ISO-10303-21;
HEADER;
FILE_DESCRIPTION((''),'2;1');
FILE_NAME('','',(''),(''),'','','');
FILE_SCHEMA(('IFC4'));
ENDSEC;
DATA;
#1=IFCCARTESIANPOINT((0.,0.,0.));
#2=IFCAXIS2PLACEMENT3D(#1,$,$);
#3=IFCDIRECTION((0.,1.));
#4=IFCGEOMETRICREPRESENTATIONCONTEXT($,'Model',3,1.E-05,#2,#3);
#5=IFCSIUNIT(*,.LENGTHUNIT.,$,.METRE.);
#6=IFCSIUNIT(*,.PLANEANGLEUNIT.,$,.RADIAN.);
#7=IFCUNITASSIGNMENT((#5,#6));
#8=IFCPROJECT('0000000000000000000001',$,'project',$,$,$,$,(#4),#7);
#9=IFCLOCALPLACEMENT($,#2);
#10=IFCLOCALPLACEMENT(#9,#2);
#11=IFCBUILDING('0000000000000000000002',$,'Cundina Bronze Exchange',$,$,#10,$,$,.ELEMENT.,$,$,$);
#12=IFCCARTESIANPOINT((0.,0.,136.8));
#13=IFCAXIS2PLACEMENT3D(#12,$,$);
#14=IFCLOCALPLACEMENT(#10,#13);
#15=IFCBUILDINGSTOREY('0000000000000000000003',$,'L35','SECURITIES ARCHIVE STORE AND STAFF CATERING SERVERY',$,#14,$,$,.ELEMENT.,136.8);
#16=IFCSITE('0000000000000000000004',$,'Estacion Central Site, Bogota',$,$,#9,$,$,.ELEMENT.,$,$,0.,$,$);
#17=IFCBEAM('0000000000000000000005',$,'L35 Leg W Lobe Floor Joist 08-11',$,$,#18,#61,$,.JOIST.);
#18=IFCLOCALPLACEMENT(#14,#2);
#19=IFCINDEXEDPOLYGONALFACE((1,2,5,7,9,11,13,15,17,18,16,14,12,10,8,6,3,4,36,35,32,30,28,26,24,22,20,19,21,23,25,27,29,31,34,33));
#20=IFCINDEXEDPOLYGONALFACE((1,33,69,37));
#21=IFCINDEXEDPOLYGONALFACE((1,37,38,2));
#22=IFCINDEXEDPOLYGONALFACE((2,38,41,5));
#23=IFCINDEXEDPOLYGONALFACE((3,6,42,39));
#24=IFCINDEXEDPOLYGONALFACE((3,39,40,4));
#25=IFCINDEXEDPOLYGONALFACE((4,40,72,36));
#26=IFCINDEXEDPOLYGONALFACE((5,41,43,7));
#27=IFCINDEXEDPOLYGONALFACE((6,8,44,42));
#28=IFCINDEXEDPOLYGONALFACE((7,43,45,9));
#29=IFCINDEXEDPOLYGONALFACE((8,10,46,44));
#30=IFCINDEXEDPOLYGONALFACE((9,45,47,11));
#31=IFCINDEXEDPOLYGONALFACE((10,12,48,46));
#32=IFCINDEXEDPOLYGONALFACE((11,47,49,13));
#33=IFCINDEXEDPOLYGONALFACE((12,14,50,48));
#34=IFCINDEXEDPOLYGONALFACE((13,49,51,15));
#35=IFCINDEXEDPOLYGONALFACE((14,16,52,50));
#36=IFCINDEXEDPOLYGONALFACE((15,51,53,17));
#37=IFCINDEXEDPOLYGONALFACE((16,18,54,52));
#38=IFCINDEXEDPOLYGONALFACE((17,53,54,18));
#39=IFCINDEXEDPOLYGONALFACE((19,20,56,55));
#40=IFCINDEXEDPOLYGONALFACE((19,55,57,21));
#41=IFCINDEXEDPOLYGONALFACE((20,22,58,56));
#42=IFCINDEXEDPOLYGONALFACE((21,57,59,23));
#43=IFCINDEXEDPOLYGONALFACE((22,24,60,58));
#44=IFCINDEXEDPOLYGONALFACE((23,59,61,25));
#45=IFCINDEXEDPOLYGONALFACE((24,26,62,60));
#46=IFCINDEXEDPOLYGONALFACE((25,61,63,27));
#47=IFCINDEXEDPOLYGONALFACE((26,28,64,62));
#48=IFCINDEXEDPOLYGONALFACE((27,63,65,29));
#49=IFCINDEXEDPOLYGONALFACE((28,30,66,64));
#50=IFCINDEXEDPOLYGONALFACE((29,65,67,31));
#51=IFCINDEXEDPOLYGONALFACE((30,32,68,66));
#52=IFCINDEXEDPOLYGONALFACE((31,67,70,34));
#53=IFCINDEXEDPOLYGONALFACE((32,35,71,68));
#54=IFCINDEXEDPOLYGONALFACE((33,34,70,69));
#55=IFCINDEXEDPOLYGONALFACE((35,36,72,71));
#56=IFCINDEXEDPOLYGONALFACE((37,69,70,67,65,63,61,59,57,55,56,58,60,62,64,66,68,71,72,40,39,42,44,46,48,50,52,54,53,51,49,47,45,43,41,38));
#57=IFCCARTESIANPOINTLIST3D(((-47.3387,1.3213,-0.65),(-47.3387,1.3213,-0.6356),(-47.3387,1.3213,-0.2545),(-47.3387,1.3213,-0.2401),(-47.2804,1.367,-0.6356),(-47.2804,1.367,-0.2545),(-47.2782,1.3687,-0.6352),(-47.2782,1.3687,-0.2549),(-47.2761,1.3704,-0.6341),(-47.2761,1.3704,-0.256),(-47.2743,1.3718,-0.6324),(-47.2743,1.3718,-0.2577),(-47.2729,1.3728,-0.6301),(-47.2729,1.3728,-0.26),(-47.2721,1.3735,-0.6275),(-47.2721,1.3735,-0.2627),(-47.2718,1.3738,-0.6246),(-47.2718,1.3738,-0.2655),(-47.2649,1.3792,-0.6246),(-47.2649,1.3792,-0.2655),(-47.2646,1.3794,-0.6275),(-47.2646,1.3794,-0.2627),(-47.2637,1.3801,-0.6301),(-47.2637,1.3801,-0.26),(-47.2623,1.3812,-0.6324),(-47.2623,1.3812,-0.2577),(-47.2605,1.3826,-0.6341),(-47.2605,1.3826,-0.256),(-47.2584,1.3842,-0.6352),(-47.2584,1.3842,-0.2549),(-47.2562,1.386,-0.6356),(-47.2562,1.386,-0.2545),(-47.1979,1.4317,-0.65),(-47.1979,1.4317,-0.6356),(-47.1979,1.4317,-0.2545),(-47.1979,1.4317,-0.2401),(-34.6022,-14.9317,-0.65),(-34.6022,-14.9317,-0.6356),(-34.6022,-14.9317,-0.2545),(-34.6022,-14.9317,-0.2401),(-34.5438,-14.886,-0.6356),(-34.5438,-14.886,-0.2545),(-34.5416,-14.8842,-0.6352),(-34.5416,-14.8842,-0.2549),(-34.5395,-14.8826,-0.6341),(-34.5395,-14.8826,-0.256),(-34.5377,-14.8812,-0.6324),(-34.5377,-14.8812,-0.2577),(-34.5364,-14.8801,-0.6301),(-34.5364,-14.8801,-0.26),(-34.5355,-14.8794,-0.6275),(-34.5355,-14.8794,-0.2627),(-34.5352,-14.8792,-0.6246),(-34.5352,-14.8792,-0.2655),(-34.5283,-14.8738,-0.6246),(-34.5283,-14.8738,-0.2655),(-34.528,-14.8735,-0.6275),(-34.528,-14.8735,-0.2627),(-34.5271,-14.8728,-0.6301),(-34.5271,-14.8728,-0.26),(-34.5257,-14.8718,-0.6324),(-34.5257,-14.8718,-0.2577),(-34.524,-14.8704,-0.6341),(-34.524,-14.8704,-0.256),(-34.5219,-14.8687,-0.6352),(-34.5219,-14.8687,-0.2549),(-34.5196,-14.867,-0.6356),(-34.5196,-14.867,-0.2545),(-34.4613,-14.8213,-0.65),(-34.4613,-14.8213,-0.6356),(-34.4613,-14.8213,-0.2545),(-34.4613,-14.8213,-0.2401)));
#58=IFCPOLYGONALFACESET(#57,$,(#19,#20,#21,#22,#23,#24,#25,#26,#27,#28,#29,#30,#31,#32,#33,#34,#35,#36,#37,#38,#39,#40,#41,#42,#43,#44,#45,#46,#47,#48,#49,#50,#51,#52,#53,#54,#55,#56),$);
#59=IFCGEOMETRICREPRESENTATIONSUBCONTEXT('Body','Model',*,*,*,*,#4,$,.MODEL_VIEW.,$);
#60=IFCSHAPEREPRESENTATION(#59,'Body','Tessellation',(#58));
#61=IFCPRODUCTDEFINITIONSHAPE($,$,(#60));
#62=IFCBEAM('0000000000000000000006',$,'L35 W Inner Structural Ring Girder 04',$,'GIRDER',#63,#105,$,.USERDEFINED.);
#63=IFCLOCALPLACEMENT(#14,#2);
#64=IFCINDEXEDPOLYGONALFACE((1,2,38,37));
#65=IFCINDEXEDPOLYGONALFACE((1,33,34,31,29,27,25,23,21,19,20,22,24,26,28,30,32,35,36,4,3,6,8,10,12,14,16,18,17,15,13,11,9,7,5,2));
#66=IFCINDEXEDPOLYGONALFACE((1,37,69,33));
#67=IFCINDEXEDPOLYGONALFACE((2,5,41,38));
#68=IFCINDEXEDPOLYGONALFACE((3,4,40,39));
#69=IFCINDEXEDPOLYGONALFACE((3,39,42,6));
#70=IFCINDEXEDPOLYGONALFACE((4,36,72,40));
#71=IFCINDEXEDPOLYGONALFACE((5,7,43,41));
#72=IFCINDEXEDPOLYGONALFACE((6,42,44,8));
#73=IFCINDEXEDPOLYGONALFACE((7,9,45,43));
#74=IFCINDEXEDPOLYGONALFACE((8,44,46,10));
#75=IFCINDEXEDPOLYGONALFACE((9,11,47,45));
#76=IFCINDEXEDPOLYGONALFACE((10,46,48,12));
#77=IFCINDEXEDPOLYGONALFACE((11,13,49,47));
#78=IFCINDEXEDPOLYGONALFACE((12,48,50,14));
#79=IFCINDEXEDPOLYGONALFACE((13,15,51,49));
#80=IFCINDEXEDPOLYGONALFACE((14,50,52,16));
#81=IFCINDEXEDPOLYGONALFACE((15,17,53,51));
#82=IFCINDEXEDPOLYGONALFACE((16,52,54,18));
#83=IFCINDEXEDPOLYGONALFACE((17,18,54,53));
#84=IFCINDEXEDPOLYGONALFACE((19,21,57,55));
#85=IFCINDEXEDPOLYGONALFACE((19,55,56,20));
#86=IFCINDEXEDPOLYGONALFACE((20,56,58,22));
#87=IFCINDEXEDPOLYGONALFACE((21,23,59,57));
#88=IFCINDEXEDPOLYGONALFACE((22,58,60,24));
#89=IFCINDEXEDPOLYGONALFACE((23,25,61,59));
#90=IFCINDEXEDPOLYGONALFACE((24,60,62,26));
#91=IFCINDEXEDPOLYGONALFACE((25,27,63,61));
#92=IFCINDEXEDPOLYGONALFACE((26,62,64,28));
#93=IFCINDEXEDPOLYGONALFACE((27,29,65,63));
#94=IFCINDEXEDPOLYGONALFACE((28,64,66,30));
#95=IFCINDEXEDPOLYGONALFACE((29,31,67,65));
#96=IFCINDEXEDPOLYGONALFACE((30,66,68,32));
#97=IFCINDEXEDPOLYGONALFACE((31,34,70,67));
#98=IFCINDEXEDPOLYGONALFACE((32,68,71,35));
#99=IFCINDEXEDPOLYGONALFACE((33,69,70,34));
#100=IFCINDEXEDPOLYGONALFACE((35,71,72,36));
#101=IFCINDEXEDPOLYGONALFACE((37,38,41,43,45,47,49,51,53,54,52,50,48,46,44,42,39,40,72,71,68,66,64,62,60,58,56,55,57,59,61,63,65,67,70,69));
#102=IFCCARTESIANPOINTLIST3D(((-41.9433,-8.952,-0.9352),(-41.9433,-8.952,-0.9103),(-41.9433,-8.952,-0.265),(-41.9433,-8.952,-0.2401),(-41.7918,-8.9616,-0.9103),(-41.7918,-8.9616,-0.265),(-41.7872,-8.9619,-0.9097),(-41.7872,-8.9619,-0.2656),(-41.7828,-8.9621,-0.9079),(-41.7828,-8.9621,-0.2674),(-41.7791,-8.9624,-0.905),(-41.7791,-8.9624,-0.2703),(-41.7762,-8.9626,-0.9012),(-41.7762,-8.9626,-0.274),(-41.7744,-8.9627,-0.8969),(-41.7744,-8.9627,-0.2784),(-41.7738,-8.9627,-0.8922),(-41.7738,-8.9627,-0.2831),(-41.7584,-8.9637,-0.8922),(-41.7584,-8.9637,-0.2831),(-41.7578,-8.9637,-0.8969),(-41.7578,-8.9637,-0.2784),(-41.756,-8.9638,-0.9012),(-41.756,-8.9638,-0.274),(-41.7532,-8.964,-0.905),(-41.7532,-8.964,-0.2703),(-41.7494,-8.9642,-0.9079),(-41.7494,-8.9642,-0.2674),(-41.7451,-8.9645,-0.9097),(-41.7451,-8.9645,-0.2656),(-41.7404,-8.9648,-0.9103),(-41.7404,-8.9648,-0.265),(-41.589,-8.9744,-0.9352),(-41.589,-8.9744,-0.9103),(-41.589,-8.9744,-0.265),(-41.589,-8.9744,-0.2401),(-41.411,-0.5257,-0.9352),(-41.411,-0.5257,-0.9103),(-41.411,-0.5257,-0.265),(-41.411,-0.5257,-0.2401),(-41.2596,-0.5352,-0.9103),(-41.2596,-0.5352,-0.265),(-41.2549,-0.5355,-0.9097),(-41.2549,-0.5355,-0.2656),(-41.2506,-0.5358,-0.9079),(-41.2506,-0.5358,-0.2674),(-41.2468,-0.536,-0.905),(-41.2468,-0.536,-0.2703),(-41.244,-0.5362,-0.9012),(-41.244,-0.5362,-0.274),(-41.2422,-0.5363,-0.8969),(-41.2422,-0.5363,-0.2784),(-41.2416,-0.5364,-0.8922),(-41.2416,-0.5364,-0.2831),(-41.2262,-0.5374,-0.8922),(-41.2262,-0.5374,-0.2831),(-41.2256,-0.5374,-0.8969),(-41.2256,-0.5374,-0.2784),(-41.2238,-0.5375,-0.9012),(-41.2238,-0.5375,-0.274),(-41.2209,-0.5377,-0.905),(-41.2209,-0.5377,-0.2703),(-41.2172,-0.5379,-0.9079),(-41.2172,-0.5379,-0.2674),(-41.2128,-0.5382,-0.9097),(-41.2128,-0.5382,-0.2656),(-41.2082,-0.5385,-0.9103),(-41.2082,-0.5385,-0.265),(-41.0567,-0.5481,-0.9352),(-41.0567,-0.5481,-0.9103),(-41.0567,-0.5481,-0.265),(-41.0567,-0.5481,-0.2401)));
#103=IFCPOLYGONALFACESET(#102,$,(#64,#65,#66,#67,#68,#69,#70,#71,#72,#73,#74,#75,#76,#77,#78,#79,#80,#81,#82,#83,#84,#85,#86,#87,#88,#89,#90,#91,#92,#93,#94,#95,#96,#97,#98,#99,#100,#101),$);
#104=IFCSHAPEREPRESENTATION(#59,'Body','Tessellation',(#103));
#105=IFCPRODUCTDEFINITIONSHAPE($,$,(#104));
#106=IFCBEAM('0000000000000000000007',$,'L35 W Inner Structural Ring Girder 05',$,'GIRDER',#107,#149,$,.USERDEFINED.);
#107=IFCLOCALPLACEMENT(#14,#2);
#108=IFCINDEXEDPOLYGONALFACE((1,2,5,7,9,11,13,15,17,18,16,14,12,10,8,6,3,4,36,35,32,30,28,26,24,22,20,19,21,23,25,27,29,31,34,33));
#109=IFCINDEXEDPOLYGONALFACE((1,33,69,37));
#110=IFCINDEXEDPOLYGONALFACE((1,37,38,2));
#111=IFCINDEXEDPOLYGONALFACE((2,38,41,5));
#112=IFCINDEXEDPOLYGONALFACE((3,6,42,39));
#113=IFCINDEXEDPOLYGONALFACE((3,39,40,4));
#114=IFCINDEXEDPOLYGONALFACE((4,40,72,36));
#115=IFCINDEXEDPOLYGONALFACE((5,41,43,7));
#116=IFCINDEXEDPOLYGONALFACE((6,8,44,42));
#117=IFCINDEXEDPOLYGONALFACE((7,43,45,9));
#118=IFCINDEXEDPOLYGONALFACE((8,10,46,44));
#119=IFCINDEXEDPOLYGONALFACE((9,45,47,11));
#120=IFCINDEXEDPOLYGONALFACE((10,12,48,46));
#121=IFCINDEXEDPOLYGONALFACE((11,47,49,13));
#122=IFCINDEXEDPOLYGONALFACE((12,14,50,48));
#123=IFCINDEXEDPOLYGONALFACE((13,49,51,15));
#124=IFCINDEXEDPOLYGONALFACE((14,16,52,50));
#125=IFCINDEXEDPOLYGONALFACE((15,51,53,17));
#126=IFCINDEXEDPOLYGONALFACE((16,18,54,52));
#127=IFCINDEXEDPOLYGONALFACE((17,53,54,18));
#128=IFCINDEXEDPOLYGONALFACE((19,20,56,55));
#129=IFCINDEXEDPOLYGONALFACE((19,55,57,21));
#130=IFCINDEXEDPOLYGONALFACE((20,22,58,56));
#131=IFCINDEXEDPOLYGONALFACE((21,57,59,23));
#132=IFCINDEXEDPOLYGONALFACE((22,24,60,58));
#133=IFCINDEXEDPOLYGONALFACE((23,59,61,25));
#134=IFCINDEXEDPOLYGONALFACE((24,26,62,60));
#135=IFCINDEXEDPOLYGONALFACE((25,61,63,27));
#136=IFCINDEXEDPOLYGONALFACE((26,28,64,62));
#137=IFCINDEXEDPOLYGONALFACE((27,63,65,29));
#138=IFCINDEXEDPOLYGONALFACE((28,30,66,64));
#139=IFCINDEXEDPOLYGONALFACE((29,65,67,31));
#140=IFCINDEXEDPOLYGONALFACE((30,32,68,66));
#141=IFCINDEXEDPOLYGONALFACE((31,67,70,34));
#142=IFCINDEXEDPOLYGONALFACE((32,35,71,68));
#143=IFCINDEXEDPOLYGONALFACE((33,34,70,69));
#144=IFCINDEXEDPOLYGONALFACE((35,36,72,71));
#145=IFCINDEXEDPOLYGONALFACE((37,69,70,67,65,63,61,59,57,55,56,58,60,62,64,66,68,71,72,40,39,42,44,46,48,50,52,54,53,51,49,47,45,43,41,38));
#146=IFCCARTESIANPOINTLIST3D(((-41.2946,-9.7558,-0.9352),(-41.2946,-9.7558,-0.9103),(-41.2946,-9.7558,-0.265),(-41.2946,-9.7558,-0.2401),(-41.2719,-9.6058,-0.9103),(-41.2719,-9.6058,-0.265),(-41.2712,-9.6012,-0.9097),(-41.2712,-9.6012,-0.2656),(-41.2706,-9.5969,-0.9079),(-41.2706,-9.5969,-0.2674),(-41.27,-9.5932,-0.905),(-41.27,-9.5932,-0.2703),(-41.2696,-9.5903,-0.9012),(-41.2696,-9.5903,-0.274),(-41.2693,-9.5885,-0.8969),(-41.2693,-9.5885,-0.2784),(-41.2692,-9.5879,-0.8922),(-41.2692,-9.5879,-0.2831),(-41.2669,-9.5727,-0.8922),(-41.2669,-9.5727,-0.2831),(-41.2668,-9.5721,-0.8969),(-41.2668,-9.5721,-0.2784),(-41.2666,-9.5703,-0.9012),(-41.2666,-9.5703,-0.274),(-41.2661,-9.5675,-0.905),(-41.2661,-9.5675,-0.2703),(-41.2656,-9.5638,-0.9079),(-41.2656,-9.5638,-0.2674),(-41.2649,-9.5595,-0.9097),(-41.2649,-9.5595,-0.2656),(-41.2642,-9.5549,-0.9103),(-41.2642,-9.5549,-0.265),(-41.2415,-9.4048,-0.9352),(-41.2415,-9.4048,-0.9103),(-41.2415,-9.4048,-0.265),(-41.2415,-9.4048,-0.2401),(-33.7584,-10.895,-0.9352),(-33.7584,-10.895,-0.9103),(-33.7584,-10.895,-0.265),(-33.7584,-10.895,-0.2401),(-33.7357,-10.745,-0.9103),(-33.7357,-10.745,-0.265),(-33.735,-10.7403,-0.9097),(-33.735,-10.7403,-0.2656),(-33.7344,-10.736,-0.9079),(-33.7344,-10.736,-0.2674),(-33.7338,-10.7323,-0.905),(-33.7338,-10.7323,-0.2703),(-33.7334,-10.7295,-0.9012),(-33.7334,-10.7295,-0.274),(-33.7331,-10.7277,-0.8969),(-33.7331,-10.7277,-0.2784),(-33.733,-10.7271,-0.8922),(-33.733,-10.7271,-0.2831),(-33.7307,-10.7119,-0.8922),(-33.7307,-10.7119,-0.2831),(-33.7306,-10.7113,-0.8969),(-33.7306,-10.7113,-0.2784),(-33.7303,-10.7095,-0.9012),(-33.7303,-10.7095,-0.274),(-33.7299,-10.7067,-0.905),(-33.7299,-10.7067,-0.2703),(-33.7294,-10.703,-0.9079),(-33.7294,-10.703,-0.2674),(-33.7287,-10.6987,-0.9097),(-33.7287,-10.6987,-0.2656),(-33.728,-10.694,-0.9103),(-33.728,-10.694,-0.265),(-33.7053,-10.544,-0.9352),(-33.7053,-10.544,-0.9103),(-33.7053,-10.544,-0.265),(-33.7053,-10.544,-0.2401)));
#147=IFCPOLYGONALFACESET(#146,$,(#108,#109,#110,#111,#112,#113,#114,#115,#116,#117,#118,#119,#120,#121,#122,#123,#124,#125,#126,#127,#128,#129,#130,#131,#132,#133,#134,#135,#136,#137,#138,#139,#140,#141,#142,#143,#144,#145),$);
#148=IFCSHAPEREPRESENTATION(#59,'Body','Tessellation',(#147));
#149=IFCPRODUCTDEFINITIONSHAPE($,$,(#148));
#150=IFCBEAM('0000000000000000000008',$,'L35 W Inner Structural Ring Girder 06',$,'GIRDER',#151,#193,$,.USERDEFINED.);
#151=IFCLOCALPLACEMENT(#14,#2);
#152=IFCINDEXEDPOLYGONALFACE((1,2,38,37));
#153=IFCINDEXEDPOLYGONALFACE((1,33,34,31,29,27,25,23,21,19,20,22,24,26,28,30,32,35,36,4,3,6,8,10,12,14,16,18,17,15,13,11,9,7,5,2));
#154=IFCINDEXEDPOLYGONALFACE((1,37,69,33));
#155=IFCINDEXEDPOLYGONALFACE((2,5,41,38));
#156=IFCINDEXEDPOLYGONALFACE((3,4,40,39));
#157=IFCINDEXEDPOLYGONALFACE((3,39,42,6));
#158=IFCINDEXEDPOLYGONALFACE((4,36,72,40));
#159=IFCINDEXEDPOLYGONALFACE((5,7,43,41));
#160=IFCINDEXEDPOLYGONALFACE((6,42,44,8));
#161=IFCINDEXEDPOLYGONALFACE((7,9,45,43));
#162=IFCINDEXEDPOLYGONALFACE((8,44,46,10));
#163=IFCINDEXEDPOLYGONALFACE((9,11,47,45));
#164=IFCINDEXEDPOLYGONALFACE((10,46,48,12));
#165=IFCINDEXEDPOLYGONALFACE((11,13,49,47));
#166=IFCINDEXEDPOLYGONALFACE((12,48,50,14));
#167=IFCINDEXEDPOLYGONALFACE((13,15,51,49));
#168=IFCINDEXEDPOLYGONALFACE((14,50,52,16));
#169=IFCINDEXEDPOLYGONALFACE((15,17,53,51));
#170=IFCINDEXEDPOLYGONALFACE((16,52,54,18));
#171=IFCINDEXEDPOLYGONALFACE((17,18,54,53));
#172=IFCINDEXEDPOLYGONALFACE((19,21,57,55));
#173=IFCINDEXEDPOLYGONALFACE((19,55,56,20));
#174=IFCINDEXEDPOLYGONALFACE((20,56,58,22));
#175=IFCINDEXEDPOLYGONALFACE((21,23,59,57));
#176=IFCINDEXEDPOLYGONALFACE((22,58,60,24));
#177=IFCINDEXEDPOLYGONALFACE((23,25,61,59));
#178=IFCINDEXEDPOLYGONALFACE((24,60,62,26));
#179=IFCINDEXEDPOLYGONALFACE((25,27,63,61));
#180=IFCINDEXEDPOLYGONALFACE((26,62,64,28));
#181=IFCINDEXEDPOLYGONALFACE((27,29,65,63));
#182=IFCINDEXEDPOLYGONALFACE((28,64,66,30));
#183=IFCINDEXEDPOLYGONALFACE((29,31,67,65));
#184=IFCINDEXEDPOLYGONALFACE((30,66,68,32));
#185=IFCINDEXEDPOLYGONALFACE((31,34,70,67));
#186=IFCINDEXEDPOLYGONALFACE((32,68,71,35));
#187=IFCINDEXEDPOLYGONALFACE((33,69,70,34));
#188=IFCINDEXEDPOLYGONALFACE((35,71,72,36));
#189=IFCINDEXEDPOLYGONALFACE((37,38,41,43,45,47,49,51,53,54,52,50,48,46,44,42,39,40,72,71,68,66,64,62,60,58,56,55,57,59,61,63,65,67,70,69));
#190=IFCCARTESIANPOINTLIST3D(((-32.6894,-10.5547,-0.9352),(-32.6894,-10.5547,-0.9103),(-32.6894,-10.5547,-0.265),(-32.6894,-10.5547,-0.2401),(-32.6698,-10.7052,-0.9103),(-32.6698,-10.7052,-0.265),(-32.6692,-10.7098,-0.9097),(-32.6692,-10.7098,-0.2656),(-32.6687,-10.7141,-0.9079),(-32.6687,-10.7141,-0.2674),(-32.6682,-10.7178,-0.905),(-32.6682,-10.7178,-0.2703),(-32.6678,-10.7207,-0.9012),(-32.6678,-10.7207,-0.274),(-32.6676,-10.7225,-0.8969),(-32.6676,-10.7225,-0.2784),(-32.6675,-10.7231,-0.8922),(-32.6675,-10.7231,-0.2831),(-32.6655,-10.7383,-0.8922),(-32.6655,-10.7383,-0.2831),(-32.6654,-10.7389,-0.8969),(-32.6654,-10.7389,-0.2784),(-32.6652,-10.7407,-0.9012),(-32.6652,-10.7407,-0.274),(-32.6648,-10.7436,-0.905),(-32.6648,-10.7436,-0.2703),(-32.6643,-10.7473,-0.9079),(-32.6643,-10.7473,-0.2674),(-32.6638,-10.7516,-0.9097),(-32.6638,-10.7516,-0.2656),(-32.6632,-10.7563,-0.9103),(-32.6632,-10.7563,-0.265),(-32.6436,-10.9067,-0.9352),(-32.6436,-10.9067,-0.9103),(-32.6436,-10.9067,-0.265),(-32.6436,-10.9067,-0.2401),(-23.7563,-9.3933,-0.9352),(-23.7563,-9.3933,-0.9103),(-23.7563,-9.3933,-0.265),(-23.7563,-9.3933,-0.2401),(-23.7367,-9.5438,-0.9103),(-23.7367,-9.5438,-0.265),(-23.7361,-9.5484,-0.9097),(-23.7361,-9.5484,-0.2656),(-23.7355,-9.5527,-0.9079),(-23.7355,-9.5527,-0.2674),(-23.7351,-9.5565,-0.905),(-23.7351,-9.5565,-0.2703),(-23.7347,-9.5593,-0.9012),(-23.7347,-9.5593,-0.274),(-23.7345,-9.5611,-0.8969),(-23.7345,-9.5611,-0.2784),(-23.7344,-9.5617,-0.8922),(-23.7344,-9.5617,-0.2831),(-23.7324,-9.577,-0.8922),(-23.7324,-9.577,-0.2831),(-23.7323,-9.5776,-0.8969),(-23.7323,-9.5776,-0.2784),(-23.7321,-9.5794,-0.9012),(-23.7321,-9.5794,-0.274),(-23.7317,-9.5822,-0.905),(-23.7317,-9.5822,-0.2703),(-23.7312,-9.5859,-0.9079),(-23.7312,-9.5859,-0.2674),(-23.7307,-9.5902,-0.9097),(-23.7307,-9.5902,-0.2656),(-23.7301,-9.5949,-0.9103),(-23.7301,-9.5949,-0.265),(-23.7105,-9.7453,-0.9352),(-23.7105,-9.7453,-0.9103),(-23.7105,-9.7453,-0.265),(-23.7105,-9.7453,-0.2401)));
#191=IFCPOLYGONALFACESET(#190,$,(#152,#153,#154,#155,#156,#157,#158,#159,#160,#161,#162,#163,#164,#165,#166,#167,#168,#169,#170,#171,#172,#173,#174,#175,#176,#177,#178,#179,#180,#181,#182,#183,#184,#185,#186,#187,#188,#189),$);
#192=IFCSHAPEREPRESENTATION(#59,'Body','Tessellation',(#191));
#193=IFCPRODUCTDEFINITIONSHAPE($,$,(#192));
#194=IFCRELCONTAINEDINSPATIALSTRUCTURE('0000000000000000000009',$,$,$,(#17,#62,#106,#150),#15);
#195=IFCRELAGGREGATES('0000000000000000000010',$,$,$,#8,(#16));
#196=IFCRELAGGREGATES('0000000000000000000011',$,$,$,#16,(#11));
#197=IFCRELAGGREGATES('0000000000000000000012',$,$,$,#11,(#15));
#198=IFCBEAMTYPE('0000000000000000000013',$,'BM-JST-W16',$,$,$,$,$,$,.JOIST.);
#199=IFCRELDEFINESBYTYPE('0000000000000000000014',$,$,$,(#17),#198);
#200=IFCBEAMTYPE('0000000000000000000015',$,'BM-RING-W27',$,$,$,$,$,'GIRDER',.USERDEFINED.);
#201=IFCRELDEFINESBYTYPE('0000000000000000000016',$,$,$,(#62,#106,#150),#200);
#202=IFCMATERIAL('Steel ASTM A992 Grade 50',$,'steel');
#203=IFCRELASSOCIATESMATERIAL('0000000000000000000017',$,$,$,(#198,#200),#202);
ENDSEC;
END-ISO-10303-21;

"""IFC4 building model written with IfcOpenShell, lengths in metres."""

from ifc_helpers import new_model, si_unit, direction, frame, origin, origin_2d, place, context, subcontext, project, spatial, i_section, extrude, material, material_profile, profile_set, type_object, element, save


model = new_model("IFC4")

# Units and contexts
model_context = context("Model", 3, precision=1e-05, world=origin(), true_north=direction((0.0, 1.0)))
body_context = subcontext(model_context, "Body", "Model", "MODEL_VIEW")
ifc_project = project(units=[si_unit("LENGTHUNIT", "METRE"), si_unit("PLANEANGLEUNIT", "RADIAN")], contexts=[model_context])

# Site, building, storey
site_placement = place(None, origin())
site = spatial("IfcSite", under=ifc_project, at=site_placement, Name="Estacion Central Site, Bogota", CompositionType="ELEMENT", RefElevation=0.0)
building_placement = place(site_placement, origin())
building = spatial("IfcBuilding", under=site, at=building_placement, Name="Cundina Bronze Exchange", CompositionType="ELEMENT")
storey_placement = place(building_placement, frame((0.0, 0.0, 136.8)))
storey = spatial("IfcBuildingStorey", under=building, at=storey_placement, Name="L35", Description="SECURITIES ARCHIVE STORE AND STAFF CATERING SERVERY", CompositionType="ELEMENT", Elevation=136.8)

# Beams
ifc_material_1 = material(Name="Steel ASTM A992 Grade 50", Category="steel")
ifc_material_profile_1 = material_profile(ifc_material_1, i_section(OverallWidth=0.179, OverallDepth=0.4099, WebThickness=0.0088, FlangeThickness=0.0144, FilletRadius=0.011, at=origin_2d()), Name="W16X45", Category="steel")
ifc_profile_set_1 = profile_set([ifc_material_profile_1], Name="Steel ASTM A992 Grade 50")
beam_type_1 = type_object("IfcBeamType", Name="BM-JST-W16", PredefinedType="JOIST", material=ifc_profile_set_1)
beam_1_placement = place(storey_placement, frame((-47.2683, 1.3765, -0.4451), z_axis=(0.616815, -0.787108, 0.0), x_axis=(0.787108, 0.616815, 0.0)))
element("IfcBeam", 1, at=beam_1_placement, inside=storey, type_object=beam_type_1, Name="L35 Leg W Lobe Floor Joist 08-11", PredefinedType="JOIST", context=body_context, shape_type="SweptSolid", body=[
    extrude(i_section(OverallWidth=0.179, OverallDepth=0.4099, WebThickness=0.0088, FlangeThickness=0.0144, FilletRadius=0.011, at=origin_2d()), origin(), (0.0, 0.0, 1.0), 20.6489),
])
ifc_material_profile_2 = material_profile(ifc_material_1, i_section(OverallWidth=0.355, OverallDepth=0.6951, WebThickness=0.0154, FlangeThickness=0.0249, FilletRadius=0.0181, at=origin_2d()), Name="W27X146", Category="steel")
ifc_profile_set_2 = profile_set([ifc_material_profile_2], Name="Steel ASTM A992 Grade 50")
beam_type_2 = type_object("IfcBeamType", Name="BM-RING-W27", ElementType="GIRDER", PredefinedType="USERDEFINED", material=ifc_profile_set_2)
beam_2_placement = place(storey_placement, frame((-41.2339, -0.5369, -0.5876), z_axis=(-0.063037, -0.998011, 0.0), x_axis=(0.998011, -0.063037, 0.0)))
element("IfcBeam", 2, at=beam_2_placement, inside=storey, type_object=beam_type_2, Name="L35 W Inner Structural Ring Girder 04", ObjectType="GIRDER", PredefinedType="USERDEFINED", context=body_context, shape_type="SweptSolid", body=[
    extrude(i_section(OverallWidth=0.355, OverallDepth=0.6951, WebThickness=0.0154, FlangeThickness=0.0249, FilletRadius=0.0181, at=origin_2d()), origin(), (0.0, 0.0, 1.0), 8.4431),
])
beam_3_placement = place(storey_placement, frame((-41.2681, -9.5803, -0.5876), z_axis=(0.988767, -0.149462, 0.0), x_axis=(0.149462, 0.988767, 0.0)))
element("IfcBeam", 3, at=beam_3_placement, inside=storey, type_object=beam_type_2, Name="L35 W Inner Structural Ring Girder 05", ObjectType="GIRDER", PredefinedType="USERDEFINED", context=body_context, shape_type="SweptSolid", body=[
    extrude(i_section(OverallWidth=0.355, OverallDepth=0.6951, WebThickness=0.0154, FlangeThickness=0.0249, FilletRadius=0.0181, at=origin_2d()), origin(), (0.0, 0.0, 1.0), 7.6218),
])
beam_4_placement = place(storey_placement, frame((-32.6665, -10.7307, -0.5876), z_axis=(0.991655, 0.128923, 0.0), x_axis=(-0.128923, 0.991655, 0.0)))
element("IfcBeam", 4, at=beam_4_placement, inside=storey, type_object=beam_type_2, Name="L35 W Inner Structural Ring Girder 06", ObjectType="GIRDER", PredefinedType="USERDEFINED", context=body_context, shape_type="SweptSolid", body=[
    extrude(i_section(OverallWidth=0.355, OverallDepth=0.6951, WebThickness=0.0154, FlangeThickness=0.0249, FilletRadius=0.0181, at=origin_2d()), origin(), (0.0, 0.0, 1.0), 9.0083),
])

save(model, "model.ifc")
